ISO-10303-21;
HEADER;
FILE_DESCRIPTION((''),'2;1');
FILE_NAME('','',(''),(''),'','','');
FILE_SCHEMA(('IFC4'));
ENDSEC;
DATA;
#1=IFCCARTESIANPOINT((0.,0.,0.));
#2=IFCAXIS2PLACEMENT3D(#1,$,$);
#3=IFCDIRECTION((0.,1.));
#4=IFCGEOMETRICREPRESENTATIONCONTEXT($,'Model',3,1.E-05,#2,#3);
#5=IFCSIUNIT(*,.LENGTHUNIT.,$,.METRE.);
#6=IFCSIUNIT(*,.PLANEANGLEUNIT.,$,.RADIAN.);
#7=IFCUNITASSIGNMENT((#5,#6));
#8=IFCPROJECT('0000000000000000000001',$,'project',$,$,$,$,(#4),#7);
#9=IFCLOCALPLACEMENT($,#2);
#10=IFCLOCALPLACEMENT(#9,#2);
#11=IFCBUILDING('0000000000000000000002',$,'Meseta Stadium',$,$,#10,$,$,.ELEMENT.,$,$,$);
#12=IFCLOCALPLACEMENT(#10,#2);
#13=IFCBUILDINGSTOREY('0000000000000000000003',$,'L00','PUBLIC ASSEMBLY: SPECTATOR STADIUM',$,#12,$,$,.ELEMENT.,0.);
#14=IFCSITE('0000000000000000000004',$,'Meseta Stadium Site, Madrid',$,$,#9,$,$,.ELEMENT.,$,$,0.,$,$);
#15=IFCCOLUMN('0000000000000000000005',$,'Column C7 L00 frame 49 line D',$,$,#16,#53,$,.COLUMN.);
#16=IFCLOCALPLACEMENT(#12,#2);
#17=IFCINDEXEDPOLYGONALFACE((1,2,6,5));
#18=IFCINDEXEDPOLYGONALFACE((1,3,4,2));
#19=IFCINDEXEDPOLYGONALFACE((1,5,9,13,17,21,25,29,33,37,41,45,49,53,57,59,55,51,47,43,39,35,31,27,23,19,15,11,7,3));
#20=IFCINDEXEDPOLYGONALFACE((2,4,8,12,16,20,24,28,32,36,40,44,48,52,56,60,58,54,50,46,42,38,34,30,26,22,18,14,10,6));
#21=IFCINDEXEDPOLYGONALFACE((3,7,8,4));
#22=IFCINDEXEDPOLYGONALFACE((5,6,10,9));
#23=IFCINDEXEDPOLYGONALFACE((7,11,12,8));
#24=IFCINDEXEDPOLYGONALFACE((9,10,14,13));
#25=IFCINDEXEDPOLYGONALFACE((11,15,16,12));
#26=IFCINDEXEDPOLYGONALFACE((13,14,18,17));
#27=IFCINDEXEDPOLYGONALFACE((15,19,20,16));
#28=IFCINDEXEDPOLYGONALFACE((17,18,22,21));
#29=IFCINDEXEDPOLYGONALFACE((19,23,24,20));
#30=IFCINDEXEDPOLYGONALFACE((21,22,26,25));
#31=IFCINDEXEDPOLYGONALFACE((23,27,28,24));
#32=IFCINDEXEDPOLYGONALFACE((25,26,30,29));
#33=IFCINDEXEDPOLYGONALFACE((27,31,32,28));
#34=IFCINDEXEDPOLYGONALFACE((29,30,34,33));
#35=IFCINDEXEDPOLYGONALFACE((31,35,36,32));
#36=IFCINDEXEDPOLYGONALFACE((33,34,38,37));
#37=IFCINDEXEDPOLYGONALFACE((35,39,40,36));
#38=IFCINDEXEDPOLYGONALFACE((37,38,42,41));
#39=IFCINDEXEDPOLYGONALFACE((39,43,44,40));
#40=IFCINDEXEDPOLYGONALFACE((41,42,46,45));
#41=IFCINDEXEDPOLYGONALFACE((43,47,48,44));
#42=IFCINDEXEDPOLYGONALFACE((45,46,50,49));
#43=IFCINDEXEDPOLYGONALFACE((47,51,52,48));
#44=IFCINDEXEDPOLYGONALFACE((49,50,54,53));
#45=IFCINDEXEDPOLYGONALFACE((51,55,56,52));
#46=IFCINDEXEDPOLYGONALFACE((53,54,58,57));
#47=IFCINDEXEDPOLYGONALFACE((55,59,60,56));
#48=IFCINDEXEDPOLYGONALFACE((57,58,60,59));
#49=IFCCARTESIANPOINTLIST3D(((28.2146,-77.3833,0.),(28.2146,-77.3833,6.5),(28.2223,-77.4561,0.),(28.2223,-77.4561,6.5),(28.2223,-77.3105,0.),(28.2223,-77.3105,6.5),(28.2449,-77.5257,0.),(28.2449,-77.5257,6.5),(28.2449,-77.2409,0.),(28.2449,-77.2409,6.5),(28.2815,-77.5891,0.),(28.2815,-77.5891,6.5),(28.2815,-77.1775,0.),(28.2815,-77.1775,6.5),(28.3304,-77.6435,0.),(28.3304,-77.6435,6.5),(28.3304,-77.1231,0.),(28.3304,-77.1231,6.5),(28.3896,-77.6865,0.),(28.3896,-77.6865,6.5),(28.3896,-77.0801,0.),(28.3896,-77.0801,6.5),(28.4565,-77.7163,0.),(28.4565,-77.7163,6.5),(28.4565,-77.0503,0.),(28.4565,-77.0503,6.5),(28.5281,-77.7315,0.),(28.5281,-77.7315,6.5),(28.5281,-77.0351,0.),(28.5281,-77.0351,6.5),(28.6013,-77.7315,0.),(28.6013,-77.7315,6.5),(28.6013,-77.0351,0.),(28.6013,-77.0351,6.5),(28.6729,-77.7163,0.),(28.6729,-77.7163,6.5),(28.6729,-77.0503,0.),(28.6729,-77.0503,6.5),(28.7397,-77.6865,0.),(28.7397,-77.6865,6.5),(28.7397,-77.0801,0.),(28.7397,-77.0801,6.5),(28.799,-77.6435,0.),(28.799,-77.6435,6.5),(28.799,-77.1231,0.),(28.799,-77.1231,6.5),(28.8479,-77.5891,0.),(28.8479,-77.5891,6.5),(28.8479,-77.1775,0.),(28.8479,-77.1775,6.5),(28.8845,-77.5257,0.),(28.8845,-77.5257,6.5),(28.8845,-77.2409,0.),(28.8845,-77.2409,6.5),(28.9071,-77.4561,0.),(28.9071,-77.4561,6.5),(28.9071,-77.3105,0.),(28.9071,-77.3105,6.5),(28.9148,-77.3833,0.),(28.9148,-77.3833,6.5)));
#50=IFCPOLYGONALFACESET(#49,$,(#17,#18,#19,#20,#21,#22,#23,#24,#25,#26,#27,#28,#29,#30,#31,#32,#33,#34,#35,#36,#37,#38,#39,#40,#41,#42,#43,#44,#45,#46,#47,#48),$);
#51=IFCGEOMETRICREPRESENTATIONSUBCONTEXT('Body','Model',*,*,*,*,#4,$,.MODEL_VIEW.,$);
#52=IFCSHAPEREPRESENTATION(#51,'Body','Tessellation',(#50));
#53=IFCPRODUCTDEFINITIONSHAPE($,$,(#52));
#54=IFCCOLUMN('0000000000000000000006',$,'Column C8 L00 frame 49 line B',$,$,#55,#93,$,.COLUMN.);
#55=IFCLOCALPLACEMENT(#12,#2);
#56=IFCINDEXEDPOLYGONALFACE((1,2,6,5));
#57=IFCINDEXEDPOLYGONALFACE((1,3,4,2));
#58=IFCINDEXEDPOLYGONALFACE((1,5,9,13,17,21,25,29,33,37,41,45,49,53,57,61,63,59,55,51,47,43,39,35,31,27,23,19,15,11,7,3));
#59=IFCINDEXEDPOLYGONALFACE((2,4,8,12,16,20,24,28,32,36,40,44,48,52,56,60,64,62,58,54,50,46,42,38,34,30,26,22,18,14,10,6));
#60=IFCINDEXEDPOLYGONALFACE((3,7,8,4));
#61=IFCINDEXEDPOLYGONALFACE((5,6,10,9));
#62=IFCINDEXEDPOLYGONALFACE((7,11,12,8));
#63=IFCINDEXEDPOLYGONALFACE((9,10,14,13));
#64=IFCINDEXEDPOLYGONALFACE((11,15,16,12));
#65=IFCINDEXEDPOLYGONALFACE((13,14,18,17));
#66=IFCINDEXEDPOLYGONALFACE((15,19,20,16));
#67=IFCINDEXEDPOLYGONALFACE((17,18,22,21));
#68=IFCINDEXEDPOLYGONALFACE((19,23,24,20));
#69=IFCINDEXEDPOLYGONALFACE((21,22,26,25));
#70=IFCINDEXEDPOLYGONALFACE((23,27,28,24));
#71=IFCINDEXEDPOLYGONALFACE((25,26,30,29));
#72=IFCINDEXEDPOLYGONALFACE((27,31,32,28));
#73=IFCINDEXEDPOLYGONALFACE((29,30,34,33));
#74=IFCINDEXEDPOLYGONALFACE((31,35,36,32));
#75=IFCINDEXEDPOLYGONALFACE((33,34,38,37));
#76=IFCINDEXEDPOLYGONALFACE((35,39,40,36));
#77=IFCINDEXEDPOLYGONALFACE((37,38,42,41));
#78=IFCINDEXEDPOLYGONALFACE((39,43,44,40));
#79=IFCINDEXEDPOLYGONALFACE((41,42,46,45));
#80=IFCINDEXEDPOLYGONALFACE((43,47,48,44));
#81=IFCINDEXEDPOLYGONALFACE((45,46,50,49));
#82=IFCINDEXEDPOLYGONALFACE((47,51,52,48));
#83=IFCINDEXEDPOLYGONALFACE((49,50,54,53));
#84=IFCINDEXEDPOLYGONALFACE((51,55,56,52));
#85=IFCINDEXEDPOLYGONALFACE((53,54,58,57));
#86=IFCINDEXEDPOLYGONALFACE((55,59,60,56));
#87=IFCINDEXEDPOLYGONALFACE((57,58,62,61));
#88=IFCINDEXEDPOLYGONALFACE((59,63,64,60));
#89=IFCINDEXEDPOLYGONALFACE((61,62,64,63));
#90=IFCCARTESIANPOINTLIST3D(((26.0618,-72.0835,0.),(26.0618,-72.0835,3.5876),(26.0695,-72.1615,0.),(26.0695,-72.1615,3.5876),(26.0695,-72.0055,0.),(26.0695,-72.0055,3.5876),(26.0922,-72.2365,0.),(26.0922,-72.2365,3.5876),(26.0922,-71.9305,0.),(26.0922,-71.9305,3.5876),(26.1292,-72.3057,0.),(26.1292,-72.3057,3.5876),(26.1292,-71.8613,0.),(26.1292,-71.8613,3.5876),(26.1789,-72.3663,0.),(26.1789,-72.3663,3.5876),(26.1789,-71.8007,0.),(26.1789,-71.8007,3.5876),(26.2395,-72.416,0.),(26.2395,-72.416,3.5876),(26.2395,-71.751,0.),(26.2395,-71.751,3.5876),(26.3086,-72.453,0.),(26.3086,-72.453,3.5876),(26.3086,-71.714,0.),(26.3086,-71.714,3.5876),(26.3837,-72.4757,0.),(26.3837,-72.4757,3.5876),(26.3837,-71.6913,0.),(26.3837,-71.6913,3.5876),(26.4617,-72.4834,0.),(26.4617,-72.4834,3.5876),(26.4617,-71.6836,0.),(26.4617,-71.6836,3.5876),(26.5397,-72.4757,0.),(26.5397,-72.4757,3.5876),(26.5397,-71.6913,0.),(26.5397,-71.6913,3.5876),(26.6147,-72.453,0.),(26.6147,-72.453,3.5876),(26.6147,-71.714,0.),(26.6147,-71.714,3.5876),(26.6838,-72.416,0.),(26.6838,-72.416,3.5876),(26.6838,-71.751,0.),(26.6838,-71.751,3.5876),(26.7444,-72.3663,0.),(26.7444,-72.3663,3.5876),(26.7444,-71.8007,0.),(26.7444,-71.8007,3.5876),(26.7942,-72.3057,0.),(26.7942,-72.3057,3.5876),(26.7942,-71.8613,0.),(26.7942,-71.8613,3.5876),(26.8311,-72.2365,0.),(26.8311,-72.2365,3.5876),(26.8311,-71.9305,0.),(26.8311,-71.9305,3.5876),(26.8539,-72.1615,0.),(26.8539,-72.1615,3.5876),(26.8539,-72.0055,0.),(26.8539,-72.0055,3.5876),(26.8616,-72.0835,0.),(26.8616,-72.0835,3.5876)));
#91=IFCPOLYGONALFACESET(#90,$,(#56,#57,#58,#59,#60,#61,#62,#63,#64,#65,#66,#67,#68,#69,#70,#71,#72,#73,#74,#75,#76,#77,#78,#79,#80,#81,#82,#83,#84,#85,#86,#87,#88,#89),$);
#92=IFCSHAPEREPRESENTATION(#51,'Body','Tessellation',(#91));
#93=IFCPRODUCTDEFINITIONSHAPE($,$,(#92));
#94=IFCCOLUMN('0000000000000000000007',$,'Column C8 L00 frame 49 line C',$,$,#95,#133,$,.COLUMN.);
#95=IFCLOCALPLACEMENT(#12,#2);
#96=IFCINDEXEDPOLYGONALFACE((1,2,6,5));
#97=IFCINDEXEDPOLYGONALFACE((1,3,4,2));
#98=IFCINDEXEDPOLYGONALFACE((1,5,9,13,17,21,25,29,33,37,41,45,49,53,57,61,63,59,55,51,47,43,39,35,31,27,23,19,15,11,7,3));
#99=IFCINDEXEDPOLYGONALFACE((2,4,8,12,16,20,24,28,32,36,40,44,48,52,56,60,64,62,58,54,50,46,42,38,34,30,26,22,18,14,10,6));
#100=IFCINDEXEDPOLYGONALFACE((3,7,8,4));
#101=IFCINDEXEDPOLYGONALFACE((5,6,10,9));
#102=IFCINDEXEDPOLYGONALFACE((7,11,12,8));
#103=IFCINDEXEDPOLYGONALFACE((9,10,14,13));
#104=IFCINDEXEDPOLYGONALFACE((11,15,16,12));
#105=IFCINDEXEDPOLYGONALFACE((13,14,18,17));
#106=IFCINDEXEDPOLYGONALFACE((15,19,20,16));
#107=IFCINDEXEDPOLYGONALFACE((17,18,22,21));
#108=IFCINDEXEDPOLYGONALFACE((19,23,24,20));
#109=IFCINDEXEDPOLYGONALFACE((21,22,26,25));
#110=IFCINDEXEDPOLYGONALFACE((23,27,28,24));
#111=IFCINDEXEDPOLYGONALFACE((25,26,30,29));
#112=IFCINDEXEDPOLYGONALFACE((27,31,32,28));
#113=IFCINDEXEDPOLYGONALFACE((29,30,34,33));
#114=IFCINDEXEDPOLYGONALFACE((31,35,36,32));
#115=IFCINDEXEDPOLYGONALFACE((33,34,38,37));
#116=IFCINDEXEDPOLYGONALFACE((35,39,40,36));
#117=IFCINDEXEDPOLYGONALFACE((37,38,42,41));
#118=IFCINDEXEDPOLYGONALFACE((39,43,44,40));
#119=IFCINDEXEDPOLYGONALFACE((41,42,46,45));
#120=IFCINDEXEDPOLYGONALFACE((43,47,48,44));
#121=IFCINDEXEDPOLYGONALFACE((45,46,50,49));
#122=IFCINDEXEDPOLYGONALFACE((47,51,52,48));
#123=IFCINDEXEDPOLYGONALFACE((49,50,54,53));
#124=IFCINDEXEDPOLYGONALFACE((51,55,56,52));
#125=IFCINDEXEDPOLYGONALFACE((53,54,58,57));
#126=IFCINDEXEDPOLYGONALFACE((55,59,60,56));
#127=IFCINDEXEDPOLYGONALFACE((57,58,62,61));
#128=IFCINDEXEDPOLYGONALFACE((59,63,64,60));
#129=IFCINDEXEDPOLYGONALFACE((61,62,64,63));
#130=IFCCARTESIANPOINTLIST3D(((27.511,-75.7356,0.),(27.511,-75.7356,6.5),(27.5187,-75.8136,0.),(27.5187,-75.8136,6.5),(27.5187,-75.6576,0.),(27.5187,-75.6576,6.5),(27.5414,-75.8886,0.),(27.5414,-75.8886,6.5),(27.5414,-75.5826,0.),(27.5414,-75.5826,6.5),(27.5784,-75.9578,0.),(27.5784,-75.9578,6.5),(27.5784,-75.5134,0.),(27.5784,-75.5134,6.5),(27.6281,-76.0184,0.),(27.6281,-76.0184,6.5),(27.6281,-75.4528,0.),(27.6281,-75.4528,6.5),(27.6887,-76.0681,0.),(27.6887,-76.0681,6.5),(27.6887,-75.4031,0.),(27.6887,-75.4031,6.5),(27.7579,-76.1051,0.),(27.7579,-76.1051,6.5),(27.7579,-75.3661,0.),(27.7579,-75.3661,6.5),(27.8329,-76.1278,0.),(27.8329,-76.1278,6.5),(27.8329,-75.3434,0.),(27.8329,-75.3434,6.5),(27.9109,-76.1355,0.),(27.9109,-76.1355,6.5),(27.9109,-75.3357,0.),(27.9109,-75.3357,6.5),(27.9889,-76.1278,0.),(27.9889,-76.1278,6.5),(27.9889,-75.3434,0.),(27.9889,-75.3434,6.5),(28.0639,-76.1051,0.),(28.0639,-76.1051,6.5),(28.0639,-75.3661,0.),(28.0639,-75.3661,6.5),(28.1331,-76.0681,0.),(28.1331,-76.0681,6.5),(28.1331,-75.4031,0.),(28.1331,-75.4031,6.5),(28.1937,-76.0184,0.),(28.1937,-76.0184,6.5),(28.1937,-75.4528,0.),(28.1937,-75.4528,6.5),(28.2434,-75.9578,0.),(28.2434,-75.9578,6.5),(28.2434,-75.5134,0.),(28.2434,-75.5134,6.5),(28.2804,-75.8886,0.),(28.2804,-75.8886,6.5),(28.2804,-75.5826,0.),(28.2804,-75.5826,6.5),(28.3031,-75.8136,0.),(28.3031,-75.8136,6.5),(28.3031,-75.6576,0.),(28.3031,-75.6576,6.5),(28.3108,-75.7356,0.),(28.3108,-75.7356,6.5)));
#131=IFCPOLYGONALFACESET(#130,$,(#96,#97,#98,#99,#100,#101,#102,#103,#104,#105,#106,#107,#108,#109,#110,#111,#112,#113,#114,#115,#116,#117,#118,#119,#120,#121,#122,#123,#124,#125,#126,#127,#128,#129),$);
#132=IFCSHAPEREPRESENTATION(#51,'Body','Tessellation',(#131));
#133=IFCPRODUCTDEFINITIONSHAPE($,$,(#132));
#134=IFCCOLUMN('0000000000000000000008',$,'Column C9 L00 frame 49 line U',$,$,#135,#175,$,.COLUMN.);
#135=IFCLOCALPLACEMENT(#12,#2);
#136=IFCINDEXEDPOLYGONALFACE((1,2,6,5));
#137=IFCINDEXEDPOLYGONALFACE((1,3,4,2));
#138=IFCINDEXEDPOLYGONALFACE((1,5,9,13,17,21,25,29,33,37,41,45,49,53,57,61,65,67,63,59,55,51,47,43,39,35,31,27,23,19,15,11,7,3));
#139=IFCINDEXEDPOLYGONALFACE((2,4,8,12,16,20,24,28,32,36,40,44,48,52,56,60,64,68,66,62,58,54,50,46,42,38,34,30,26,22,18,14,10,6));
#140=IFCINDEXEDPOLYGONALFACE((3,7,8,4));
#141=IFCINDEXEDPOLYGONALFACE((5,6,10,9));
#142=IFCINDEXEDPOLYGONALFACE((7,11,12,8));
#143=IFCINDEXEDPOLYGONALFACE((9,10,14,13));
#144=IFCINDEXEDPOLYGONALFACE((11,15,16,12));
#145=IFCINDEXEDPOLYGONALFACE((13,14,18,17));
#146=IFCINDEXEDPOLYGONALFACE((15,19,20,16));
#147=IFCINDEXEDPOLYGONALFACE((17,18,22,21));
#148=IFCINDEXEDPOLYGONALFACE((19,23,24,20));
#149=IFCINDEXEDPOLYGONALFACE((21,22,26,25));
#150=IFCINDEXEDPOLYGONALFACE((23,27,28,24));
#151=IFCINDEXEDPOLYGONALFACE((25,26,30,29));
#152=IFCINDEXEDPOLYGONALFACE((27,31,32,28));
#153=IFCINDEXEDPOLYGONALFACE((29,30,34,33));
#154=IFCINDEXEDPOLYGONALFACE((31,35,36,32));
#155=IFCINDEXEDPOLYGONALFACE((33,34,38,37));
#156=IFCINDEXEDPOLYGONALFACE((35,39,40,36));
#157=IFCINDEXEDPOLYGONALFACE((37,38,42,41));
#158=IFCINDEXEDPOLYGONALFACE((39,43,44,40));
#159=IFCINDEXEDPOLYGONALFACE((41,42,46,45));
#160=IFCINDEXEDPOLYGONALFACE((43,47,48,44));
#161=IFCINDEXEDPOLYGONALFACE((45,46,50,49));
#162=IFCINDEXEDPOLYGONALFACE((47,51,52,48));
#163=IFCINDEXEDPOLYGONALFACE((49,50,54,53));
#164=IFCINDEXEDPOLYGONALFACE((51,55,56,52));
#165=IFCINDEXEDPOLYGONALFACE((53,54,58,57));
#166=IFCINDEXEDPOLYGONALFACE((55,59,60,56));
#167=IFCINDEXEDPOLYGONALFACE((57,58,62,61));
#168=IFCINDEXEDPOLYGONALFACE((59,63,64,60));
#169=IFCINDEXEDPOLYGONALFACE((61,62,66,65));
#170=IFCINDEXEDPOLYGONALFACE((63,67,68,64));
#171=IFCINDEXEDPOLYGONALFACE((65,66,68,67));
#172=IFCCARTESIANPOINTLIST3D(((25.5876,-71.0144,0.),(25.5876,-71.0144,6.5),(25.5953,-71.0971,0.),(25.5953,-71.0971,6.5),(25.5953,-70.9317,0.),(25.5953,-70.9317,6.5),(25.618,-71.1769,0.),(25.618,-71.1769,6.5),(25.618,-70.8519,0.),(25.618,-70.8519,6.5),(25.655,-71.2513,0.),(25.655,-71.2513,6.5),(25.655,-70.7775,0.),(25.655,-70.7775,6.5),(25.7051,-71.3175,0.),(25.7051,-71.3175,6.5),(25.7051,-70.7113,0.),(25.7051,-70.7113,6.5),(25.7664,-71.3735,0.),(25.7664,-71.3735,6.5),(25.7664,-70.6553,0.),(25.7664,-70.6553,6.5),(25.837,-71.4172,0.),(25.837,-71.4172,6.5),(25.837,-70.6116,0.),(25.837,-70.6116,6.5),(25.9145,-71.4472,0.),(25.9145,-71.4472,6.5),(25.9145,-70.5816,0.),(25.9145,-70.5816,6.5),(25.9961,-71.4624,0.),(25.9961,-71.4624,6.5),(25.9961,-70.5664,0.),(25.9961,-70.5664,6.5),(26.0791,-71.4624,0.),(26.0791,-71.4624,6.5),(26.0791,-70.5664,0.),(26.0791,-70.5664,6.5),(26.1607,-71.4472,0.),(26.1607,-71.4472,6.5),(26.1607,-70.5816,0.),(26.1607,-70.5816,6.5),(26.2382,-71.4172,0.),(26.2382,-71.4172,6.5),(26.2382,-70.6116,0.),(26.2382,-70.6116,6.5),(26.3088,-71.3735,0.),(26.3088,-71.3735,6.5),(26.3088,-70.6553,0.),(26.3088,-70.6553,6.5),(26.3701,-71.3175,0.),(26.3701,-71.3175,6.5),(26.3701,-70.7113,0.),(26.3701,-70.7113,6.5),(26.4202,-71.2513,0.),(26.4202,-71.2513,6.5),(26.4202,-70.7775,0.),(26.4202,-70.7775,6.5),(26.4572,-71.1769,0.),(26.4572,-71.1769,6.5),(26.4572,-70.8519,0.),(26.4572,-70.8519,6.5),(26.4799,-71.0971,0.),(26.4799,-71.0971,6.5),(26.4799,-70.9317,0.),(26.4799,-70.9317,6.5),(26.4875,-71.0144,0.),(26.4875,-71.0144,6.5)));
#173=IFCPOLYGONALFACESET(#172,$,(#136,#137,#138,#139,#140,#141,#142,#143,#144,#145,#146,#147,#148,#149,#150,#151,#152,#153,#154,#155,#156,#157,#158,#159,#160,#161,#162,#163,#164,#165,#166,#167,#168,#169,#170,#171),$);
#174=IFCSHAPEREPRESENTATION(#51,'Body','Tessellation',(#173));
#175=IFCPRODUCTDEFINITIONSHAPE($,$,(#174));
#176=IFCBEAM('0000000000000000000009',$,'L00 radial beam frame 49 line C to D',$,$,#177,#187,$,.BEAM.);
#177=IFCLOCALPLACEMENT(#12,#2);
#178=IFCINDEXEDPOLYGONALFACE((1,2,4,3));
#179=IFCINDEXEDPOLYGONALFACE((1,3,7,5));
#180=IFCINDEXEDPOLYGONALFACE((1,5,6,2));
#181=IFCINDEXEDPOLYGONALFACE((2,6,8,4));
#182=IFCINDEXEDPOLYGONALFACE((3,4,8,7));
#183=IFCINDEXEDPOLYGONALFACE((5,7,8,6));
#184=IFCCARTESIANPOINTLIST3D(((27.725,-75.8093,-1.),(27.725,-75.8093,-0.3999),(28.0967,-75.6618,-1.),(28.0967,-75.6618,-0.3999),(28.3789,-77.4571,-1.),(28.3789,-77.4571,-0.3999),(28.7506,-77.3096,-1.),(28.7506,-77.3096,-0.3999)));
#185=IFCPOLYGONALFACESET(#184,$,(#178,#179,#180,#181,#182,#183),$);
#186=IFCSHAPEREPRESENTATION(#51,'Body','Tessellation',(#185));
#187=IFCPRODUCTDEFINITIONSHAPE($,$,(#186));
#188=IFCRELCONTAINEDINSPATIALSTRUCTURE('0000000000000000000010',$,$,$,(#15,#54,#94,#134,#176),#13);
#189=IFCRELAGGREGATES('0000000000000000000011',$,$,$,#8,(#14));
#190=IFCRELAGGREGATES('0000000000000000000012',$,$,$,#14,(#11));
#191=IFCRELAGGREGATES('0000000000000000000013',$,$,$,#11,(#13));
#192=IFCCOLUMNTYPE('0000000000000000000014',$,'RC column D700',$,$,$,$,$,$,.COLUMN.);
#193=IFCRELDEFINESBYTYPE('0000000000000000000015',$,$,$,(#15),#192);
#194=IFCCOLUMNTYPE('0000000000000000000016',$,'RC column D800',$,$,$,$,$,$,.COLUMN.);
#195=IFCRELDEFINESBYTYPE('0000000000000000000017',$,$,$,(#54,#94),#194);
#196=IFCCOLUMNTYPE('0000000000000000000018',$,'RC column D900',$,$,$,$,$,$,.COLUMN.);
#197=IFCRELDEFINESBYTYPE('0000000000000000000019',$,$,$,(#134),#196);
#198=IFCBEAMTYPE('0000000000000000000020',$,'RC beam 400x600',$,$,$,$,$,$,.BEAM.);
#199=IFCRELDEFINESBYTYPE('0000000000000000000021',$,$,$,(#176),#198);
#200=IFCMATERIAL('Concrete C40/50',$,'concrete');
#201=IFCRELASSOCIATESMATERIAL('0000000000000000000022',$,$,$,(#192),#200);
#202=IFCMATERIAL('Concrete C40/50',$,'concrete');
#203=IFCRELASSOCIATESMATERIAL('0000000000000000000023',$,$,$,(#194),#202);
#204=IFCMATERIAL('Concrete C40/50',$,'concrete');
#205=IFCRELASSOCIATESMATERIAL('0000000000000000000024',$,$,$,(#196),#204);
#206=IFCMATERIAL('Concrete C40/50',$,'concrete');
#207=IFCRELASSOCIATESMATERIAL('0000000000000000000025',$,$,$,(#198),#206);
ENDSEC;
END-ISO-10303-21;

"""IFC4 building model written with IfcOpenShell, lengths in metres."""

from ifc_helpers import new_model, si_unit, direction, frame, origin, origin_2d, place, context, subcontext, project, spatial, rectangle, circle, extrude, material, material_profile, profile_set, type_object, element, save


model = new_model("IFC4")

# Units and contexts
model_context = context("Model", 3, precision=1e-05, world=origin(), true_north=direction((0.0, 1.0)))
body_context = subcontext(model_context, "Body", "Model", "MODEL_VIEW")
ifc_project = project(units=[si_unit("LENGTHUNIT", "METRE"), si_unit("PLANEANGLEUNIT", "RADIAN")], contexts=[model_context])

# Site, building, storey
site_placement = place(None, origin())
site = spatial("IfcSite", under=ifc_project, at=site_placement, Name="Meseta Stadium Site, Madrid", CompositionType="ELEMENT", RefElevation=0.0)
building_placement = place(site_placement, origin())
building = spatial("IfcBuilding", under=site, at=building_placement, Name="Meseta Stadium", CompositionType="ELEMENT")
storey_placement = place(building_placement, origin())
storey = spatial("IfcBuildingStorey", under=building, at=storey_placement, Name="L00", Description="PUBLIC ASSEMBLY: SPECTATOR STADIUM", CompositionType="ELEMENT", Elevation=0.0)

# Columns
ifc_material_1 = material(Name="Concrete C40/50", Category="concrete")
ifc_material_profile_1 = material_profile(ifc_material_1, circle(Radius=0.3501, at=origin_2d()), Name="RC D700")
ifc_profile_set_1 = profile_set([ifc_material_profile_1], Name="Concrete C40/50")
column_type_1 = type_object("IfcColumnType", Name="RC column D700", PredefinedType="COLUMN", material=ifc_profile_set_1)
column_1_placement = place(storey_placement, frame((28.5647, -77.3833, 0.0), z_axis=(0.0, 0.0, 1.0), x_axis=(1.0, 0.0, 0.0)))
element("IfcColumn", 1, at=column_1_placement, inside=storey, type_object=column_type_1, Name="Column C7 L00 frame 49 line D", PredefinedType="COLUMN", context=body_context, shape_type="SweptSolid", body=[
    extrude(circle(Radius=0.3501, at=origin_2d()), origin(), (0.0, 0.0, 1.0), 6.5),
])
ifc_material_2 = material(Name="Concrete C40/50", Category="concrete")
ifc_material_profile_2 = material_profile(ifc_material_2, circle(Radius=0.3999, at=origin_2d()), Name="RC D800")
ifc_profile_set_2 = profile_set([ifc_material_profile_2], Name="Concrete C40/50")
column_type_2 = type_object("IfcColumnType", Name="RC column D800", PredefinedType="COLUMN", material=ifc_profile_set_2)
column_2_placement = place(storey_placement, frame((26.4617, -72.0835, 0.0), z_axis=(0.0, 0.0, 1.0), x_axis=(1.0, 0.0, 0.0)))
element("IfcColumn", 2, at=column_2_placement, inside=storey, type_object=column_type_2, Name="Column C8 L00 frame 49 line B", PredefinedType="COLUMN", context=body_context, shape_type="SweptSolid", body=[
    extrude(circle(Radius=0.3999, at=origin_2d()), origin(), (0.0, 0.0, 1.0), 3.5876),
])
column_3_placement = place(storey_placement, frame((27.9109, -75.7356, 0.0), z_axis=(0.0, 0.0, 1.0), x_axis=(1.0, 0.0, 0.0)))
element("IfcColumn", 3, at=column_3_placement, inside=storey, type_object=column_type_2, Name="Column C8 L00 frame 49 line C", PredefinedType="COLUMN", context=body_context, shape_type="SweptSolid", body=[
    extrude(circle(Radius=0.3999, at=origin_2d()), origin(), (0.0, 0.0, 1.0), 6.5),
])
ifc_material_3 = material(Name="Concrete C40/50", Category="concrete")
ifc_material_profile_3 = material_profile(ifc_material_3, circle(Radius=0.45, at=origin_2d()), Name="RC D900")
ifc_profile_set_3 = profile_set([ifc_material_profile_3], Name="Concrete C40/50")
column_type_3 = type_object("IfcColumnType", Name="RC column D900", PredefinedType="COLUMN", material=ifc_profile_set_3)
column_4_placement = place(storey_placement, frame((26.0376, -71.0144, 0.0), z_axis=(0.0, 0.0, 1.0), x_axis=(1.0, 0.0, 0.0)))
element("IfcColumn", 4, at=column_4_placement, inside=storey, type_object=column_type_3, Name="Column C9 L00 frame 49 line U", PredefinedType="COLUMN", context=body_context, shape_type="SweptSolid", body=[
    extrude(circle(Radius=0.45, at=origin_2d()), origin(), (0.0, 0.0, 1.0), 6.5),
])

# Beam
ifc_material_4 = material(Name="Concrete C40/50", Category="concrete")
ifc_material_profile_4 = material_profile(ifc_material_4, rectangle(XDim=0.3999, YDim=0.6001, at=origin_2d()), Name="RC 400x600")
ifc_profile_set_4 = profile_set([ifc_material_profile_4], Name="Concrete C40/50")
beam_type_1 = type_object("IfcBeamType", Name="RC beam 400x600", PredefinedType="BEAM", material=ifc_profile_set_4)
beam_1_placement = place(storey_placement, frame((27.9109, -75.7356, -0.7), z_axis=(0.368825, -0.929499, 0.0), x_axis=(0.929499, 0.368825, 0.0)))
element("IfcBeam", 5, at=beam_1_placement, inside=storey, type_object=beam_type_1, Name="L00 radial beam frame 49 line C to D", PredefinedType="BEAM", context=body_context, shape_type="SweptSolid", body=[
    extrude(rectangle(XDim=0.3999, YDim=0.6001, at=origin_2d()), origin(), (0.0, 0.0, 1.0), 1.7727),
])

save(model, "model.ifc")
